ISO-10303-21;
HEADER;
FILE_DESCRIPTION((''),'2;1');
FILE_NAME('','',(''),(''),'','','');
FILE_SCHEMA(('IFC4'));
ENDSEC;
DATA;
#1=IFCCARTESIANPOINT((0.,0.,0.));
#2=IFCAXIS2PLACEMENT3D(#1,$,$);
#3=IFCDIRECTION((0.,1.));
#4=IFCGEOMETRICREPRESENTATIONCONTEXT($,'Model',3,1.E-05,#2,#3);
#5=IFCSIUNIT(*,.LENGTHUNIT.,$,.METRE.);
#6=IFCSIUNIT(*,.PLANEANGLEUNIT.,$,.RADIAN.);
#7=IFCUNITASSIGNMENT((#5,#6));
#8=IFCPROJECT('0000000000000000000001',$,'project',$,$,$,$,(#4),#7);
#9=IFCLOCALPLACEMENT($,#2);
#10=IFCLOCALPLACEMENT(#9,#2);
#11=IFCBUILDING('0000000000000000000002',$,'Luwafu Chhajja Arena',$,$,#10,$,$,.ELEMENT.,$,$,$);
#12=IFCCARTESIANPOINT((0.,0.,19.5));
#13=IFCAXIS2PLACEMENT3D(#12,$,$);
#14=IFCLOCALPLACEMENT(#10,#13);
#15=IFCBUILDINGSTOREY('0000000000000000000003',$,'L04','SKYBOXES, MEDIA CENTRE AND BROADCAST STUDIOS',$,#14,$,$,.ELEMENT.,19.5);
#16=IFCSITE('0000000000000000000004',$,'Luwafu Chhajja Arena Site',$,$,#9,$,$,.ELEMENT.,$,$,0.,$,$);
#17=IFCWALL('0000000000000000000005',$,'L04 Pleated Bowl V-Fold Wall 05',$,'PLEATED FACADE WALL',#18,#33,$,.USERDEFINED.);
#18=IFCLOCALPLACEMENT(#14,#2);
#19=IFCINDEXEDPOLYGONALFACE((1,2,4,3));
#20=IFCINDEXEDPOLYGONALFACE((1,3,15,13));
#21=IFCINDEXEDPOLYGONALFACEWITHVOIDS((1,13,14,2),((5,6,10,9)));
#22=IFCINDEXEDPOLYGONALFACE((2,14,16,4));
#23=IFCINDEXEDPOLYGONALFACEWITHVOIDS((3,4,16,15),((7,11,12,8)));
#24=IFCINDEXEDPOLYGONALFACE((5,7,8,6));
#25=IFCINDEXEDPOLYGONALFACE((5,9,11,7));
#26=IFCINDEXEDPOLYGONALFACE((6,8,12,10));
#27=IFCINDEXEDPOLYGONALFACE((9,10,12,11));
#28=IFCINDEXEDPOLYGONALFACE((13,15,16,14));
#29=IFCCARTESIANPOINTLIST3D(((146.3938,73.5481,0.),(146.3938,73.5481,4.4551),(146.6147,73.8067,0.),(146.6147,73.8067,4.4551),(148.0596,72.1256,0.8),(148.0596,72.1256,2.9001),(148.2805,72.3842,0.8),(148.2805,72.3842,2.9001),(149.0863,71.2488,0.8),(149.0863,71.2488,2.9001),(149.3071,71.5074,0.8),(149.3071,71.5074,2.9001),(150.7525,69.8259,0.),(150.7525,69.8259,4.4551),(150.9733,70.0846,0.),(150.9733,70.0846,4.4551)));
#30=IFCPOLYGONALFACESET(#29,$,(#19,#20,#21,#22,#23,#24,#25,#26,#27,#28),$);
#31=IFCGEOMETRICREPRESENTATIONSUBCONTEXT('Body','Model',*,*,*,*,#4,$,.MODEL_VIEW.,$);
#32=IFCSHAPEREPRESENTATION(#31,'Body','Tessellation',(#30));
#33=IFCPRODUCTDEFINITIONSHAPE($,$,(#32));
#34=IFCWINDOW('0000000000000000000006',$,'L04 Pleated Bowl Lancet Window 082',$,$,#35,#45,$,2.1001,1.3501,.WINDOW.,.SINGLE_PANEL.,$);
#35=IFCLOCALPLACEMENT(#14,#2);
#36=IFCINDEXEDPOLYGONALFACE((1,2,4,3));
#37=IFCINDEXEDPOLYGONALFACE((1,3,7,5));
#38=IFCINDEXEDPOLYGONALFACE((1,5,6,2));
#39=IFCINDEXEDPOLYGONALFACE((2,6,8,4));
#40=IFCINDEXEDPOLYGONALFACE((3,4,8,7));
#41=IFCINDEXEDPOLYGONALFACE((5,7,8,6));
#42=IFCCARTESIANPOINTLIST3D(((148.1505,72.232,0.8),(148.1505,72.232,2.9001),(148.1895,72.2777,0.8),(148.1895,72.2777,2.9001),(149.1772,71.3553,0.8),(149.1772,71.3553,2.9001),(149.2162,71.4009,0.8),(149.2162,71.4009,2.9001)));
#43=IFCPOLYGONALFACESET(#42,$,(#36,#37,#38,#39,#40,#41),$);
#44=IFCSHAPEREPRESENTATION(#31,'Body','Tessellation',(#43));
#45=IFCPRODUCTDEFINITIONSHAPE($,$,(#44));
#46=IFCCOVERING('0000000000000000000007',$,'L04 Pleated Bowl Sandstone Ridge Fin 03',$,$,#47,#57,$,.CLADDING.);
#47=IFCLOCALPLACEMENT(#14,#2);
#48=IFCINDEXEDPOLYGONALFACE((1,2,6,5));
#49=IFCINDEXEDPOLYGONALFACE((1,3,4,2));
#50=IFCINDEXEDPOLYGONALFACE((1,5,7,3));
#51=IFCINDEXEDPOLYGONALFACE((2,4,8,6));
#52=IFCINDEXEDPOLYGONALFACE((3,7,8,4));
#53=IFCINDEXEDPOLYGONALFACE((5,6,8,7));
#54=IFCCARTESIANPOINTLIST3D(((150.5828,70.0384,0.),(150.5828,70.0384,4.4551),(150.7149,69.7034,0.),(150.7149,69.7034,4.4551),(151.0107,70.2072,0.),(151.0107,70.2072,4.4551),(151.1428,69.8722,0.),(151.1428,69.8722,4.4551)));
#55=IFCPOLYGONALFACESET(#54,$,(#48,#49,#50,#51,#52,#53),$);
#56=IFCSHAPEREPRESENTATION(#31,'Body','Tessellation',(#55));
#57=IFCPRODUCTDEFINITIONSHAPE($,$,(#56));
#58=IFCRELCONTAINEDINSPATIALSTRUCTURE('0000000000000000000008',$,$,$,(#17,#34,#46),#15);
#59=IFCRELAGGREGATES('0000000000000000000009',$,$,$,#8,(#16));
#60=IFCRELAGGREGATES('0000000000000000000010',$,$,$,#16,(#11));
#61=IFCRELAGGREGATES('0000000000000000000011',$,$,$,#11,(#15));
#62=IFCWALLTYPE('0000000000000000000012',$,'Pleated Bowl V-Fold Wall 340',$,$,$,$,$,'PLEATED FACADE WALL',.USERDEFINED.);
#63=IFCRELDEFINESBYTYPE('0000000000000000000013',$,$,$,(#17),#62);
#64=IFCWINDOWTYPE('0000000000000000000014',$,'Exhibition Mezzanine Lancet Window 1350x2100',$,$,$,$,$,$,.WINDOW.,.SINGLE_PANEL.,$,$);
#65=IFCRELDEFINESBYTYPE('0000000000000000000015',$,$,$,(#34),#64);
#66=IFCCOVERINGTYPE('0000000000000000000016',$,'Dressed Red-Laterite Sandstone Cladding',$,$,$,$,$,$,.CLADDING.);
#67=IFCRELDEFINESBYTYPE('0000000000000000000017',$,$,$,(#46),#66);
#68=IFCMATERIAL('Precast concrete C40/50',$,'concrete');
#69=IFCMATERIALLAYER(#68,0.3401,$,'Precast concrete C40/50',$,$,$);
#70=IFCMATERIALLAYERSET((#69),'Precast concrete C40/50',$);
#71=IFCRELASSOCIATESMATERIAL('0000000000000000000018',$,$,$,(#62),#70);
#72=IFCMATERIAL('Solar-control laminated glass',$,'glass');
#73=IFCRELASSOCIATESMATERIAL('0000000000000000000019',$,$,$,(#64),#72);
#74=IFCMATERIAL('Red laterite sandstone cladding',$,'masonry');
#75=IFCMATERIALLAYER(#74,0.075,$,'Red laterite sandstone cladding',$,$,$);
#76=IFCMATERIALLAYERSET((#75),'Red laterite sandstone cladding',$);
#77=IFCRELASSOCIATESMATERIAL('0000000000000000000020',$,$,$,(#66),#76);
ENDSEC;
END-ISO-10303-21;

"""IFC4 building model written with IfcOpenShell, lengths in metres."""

from ifc_helpers import new_model, si_unit, direction, frame, frame_2d, origin, origin_2d, place, context, subcontext, project, spatial, rectangle, extrude, material, layer, layer_set, type_object, element, fill, save


model = new_model("IFC4")

# Units and contexts
model_context = context("Model", 3, precision=1e-05, world=origin(), true_north=direction((0.0, 1.0)))
body_context = subcontext(model_context, "Body", "Model", "MODEL_VIEW")
ifc_project = project(units=[si_unit("LENGTHUNIT", "METRE"), si_unit("PLANEANGLEUNIT", "RADIAN")], contexts=[model_context])

# Site, building, storey
site_placement = place(None, origin())
site = spatial("IfcSite", under=ifc_project, at=site_placement, Name="Luwafu Chhajja Arena Site", CompositionType="ELEMENT", RefElevation=0.0)
building_placement = place(site_placement, origin())
building = spatial("IfcBuilding", under=site, at=building_placement, Name="Luwafu Chhajja Arena", CompositionType="ELEMENT")
storey_placement = place(building_placement, frame((0.0, 0.0, 19.5)))
storey = spatial("IfcBuildingStorey", under=building, at=storey_placement, Name="L04", Description="SKYBOXES, MEDIA CENTRE AND BROADCAST STUDIOS", CompositionType="ELEMENT", Elevation=19.5)

# Shared definitions
ifc_material_1 = material(Name="Solar-control laminated glass", Category="glass")

# Wall, opening, window
ifc_material_2 = material(Name="Precast concrete C40/50", Category="concrete")
ifc_layer_1 = layer(ifc_material_2, 0.3401, Name="Precast concrete C40/50")
ifc_layer_set_1 = layer_set([ifc_layer_1], Name="Precast concrete C40/50")
wall_type = type_object("IfcWallType", Name="Pleated Bowl V-Fold Wall 340", ElementType="PLEATED FACADE WALL", PredefinedType="USERDEFINED", material=ifc_layer_set_1)
wall_placement = place(storey_placement, frame((150.8628, 69.9553, 0.0), z_axis=(0.0, 0.0, 1.0), x_axis=(-0.760446, 0.649401, 0.0)))
wall = element("IfcWall", 1, at=wall_placement, inside=storey, type_object=wall_type, Name="L04 Pleated Bowl V-Fold Wall 05", ObjectType="PLEATED FACADE WALL", PredefinedType="USERDEFINED", context=body_context, shape_type="SweptSolid", body=[
    extrude(rectangle(XDim=5.7317, YDim=0.3401, at=frame_2d((2.8657, 0.0))), origin(), (0.0, 0.0, 1.0), 4.4551),
])
opening_placement = place(wall_placement, frame((2.1909, 0.0, 0.8)))
opening = element("IfcOpeningElement", 2, at=opening_placement, cuts=wall, PredefinedType="OPENING", context=body_context, shape_type="SweptSolid", body=[
    extrude(rectangle(XDim=1.3501, YDim=2.1001, at=frame_2d((0.675, 1.05))), frame((0.0, 0.1799, 0.0), z_axis=(0.0, -1.0, 0.0), x_axis=(1.0, 0.0, 0.0)), (0.0, 0.0, 1.0), 0.3601),
])
window_type = type_object("IfcWindowType", Name="Exhibition Mezzanine Lancet Window 1350x2100", PartitioningType="SINGLE_PANEL", PredefinedType="WINDOW", material=ifc_material_1)
window_placement = place(opening_placement, origin())
window = element("IfcWindow", 3, at=window_placement, inside=storey, type_object=window_type, Name="L04 Pleated Bowl Lancet Window 082", OverallHeight=2.1001, OverallWidth=1.3501, PartitioningType="SINGLE_PANEL", PredefinedType="WINDOW", context=body_context, shape_type="SweptSolid", body=[
    extrude(rectangle(XDim=1.3501, YDim=2.1001, at=frame_2d((0.675, 1.05))), frame((0.0, 0.03, 0.0), z_axis=(0.0, -1.0, 0.0), x_axis=(1.0, 0.0, 0.0)), (0.0, 0.0, 1.0), 0.0601),
])
fill(opening, window)

# Covering
ifc_material_3 = material(Name="Red laterite sandstone cladding", Category="masonry")
ifc_layer_2 = layer(ifc_material_3, 0.075, Name="Red laterite sandstone cladding")
ifc_layer_set_2 = layer_set([ifc_layer_2], Name="Red laterite sandstone cladding")
covering_type = type_object("IfcCoveringType", Name="Dressed Red-Laterite Sandstone Cladding", PredefinedType="CLADDING", material=ifc_layer_set_2)
covering_placement = place(storey_placement, frame((150.8628, 69.9553, 0.0), z_axis=(0.0, 0.0, 1.0), x_axis=(0.930259, 0.366904, 0.0)))
element("IfcCovering", 4, at=covering_placement, inside=storey, type_object=covering_type, Name="L04 Pleated Bowl Sandstone Ridge Fin 03", PredefinedType="CLADDING", context=body_context, shape_type="SweptSolid", body=[
    extrude(rectangle(XDim=0.46, YDim=0.3601, at=origin_2d()), origin(), (0.0, 0.0, 1.0), 4.4551),
])

save(model, "model.ifc")
